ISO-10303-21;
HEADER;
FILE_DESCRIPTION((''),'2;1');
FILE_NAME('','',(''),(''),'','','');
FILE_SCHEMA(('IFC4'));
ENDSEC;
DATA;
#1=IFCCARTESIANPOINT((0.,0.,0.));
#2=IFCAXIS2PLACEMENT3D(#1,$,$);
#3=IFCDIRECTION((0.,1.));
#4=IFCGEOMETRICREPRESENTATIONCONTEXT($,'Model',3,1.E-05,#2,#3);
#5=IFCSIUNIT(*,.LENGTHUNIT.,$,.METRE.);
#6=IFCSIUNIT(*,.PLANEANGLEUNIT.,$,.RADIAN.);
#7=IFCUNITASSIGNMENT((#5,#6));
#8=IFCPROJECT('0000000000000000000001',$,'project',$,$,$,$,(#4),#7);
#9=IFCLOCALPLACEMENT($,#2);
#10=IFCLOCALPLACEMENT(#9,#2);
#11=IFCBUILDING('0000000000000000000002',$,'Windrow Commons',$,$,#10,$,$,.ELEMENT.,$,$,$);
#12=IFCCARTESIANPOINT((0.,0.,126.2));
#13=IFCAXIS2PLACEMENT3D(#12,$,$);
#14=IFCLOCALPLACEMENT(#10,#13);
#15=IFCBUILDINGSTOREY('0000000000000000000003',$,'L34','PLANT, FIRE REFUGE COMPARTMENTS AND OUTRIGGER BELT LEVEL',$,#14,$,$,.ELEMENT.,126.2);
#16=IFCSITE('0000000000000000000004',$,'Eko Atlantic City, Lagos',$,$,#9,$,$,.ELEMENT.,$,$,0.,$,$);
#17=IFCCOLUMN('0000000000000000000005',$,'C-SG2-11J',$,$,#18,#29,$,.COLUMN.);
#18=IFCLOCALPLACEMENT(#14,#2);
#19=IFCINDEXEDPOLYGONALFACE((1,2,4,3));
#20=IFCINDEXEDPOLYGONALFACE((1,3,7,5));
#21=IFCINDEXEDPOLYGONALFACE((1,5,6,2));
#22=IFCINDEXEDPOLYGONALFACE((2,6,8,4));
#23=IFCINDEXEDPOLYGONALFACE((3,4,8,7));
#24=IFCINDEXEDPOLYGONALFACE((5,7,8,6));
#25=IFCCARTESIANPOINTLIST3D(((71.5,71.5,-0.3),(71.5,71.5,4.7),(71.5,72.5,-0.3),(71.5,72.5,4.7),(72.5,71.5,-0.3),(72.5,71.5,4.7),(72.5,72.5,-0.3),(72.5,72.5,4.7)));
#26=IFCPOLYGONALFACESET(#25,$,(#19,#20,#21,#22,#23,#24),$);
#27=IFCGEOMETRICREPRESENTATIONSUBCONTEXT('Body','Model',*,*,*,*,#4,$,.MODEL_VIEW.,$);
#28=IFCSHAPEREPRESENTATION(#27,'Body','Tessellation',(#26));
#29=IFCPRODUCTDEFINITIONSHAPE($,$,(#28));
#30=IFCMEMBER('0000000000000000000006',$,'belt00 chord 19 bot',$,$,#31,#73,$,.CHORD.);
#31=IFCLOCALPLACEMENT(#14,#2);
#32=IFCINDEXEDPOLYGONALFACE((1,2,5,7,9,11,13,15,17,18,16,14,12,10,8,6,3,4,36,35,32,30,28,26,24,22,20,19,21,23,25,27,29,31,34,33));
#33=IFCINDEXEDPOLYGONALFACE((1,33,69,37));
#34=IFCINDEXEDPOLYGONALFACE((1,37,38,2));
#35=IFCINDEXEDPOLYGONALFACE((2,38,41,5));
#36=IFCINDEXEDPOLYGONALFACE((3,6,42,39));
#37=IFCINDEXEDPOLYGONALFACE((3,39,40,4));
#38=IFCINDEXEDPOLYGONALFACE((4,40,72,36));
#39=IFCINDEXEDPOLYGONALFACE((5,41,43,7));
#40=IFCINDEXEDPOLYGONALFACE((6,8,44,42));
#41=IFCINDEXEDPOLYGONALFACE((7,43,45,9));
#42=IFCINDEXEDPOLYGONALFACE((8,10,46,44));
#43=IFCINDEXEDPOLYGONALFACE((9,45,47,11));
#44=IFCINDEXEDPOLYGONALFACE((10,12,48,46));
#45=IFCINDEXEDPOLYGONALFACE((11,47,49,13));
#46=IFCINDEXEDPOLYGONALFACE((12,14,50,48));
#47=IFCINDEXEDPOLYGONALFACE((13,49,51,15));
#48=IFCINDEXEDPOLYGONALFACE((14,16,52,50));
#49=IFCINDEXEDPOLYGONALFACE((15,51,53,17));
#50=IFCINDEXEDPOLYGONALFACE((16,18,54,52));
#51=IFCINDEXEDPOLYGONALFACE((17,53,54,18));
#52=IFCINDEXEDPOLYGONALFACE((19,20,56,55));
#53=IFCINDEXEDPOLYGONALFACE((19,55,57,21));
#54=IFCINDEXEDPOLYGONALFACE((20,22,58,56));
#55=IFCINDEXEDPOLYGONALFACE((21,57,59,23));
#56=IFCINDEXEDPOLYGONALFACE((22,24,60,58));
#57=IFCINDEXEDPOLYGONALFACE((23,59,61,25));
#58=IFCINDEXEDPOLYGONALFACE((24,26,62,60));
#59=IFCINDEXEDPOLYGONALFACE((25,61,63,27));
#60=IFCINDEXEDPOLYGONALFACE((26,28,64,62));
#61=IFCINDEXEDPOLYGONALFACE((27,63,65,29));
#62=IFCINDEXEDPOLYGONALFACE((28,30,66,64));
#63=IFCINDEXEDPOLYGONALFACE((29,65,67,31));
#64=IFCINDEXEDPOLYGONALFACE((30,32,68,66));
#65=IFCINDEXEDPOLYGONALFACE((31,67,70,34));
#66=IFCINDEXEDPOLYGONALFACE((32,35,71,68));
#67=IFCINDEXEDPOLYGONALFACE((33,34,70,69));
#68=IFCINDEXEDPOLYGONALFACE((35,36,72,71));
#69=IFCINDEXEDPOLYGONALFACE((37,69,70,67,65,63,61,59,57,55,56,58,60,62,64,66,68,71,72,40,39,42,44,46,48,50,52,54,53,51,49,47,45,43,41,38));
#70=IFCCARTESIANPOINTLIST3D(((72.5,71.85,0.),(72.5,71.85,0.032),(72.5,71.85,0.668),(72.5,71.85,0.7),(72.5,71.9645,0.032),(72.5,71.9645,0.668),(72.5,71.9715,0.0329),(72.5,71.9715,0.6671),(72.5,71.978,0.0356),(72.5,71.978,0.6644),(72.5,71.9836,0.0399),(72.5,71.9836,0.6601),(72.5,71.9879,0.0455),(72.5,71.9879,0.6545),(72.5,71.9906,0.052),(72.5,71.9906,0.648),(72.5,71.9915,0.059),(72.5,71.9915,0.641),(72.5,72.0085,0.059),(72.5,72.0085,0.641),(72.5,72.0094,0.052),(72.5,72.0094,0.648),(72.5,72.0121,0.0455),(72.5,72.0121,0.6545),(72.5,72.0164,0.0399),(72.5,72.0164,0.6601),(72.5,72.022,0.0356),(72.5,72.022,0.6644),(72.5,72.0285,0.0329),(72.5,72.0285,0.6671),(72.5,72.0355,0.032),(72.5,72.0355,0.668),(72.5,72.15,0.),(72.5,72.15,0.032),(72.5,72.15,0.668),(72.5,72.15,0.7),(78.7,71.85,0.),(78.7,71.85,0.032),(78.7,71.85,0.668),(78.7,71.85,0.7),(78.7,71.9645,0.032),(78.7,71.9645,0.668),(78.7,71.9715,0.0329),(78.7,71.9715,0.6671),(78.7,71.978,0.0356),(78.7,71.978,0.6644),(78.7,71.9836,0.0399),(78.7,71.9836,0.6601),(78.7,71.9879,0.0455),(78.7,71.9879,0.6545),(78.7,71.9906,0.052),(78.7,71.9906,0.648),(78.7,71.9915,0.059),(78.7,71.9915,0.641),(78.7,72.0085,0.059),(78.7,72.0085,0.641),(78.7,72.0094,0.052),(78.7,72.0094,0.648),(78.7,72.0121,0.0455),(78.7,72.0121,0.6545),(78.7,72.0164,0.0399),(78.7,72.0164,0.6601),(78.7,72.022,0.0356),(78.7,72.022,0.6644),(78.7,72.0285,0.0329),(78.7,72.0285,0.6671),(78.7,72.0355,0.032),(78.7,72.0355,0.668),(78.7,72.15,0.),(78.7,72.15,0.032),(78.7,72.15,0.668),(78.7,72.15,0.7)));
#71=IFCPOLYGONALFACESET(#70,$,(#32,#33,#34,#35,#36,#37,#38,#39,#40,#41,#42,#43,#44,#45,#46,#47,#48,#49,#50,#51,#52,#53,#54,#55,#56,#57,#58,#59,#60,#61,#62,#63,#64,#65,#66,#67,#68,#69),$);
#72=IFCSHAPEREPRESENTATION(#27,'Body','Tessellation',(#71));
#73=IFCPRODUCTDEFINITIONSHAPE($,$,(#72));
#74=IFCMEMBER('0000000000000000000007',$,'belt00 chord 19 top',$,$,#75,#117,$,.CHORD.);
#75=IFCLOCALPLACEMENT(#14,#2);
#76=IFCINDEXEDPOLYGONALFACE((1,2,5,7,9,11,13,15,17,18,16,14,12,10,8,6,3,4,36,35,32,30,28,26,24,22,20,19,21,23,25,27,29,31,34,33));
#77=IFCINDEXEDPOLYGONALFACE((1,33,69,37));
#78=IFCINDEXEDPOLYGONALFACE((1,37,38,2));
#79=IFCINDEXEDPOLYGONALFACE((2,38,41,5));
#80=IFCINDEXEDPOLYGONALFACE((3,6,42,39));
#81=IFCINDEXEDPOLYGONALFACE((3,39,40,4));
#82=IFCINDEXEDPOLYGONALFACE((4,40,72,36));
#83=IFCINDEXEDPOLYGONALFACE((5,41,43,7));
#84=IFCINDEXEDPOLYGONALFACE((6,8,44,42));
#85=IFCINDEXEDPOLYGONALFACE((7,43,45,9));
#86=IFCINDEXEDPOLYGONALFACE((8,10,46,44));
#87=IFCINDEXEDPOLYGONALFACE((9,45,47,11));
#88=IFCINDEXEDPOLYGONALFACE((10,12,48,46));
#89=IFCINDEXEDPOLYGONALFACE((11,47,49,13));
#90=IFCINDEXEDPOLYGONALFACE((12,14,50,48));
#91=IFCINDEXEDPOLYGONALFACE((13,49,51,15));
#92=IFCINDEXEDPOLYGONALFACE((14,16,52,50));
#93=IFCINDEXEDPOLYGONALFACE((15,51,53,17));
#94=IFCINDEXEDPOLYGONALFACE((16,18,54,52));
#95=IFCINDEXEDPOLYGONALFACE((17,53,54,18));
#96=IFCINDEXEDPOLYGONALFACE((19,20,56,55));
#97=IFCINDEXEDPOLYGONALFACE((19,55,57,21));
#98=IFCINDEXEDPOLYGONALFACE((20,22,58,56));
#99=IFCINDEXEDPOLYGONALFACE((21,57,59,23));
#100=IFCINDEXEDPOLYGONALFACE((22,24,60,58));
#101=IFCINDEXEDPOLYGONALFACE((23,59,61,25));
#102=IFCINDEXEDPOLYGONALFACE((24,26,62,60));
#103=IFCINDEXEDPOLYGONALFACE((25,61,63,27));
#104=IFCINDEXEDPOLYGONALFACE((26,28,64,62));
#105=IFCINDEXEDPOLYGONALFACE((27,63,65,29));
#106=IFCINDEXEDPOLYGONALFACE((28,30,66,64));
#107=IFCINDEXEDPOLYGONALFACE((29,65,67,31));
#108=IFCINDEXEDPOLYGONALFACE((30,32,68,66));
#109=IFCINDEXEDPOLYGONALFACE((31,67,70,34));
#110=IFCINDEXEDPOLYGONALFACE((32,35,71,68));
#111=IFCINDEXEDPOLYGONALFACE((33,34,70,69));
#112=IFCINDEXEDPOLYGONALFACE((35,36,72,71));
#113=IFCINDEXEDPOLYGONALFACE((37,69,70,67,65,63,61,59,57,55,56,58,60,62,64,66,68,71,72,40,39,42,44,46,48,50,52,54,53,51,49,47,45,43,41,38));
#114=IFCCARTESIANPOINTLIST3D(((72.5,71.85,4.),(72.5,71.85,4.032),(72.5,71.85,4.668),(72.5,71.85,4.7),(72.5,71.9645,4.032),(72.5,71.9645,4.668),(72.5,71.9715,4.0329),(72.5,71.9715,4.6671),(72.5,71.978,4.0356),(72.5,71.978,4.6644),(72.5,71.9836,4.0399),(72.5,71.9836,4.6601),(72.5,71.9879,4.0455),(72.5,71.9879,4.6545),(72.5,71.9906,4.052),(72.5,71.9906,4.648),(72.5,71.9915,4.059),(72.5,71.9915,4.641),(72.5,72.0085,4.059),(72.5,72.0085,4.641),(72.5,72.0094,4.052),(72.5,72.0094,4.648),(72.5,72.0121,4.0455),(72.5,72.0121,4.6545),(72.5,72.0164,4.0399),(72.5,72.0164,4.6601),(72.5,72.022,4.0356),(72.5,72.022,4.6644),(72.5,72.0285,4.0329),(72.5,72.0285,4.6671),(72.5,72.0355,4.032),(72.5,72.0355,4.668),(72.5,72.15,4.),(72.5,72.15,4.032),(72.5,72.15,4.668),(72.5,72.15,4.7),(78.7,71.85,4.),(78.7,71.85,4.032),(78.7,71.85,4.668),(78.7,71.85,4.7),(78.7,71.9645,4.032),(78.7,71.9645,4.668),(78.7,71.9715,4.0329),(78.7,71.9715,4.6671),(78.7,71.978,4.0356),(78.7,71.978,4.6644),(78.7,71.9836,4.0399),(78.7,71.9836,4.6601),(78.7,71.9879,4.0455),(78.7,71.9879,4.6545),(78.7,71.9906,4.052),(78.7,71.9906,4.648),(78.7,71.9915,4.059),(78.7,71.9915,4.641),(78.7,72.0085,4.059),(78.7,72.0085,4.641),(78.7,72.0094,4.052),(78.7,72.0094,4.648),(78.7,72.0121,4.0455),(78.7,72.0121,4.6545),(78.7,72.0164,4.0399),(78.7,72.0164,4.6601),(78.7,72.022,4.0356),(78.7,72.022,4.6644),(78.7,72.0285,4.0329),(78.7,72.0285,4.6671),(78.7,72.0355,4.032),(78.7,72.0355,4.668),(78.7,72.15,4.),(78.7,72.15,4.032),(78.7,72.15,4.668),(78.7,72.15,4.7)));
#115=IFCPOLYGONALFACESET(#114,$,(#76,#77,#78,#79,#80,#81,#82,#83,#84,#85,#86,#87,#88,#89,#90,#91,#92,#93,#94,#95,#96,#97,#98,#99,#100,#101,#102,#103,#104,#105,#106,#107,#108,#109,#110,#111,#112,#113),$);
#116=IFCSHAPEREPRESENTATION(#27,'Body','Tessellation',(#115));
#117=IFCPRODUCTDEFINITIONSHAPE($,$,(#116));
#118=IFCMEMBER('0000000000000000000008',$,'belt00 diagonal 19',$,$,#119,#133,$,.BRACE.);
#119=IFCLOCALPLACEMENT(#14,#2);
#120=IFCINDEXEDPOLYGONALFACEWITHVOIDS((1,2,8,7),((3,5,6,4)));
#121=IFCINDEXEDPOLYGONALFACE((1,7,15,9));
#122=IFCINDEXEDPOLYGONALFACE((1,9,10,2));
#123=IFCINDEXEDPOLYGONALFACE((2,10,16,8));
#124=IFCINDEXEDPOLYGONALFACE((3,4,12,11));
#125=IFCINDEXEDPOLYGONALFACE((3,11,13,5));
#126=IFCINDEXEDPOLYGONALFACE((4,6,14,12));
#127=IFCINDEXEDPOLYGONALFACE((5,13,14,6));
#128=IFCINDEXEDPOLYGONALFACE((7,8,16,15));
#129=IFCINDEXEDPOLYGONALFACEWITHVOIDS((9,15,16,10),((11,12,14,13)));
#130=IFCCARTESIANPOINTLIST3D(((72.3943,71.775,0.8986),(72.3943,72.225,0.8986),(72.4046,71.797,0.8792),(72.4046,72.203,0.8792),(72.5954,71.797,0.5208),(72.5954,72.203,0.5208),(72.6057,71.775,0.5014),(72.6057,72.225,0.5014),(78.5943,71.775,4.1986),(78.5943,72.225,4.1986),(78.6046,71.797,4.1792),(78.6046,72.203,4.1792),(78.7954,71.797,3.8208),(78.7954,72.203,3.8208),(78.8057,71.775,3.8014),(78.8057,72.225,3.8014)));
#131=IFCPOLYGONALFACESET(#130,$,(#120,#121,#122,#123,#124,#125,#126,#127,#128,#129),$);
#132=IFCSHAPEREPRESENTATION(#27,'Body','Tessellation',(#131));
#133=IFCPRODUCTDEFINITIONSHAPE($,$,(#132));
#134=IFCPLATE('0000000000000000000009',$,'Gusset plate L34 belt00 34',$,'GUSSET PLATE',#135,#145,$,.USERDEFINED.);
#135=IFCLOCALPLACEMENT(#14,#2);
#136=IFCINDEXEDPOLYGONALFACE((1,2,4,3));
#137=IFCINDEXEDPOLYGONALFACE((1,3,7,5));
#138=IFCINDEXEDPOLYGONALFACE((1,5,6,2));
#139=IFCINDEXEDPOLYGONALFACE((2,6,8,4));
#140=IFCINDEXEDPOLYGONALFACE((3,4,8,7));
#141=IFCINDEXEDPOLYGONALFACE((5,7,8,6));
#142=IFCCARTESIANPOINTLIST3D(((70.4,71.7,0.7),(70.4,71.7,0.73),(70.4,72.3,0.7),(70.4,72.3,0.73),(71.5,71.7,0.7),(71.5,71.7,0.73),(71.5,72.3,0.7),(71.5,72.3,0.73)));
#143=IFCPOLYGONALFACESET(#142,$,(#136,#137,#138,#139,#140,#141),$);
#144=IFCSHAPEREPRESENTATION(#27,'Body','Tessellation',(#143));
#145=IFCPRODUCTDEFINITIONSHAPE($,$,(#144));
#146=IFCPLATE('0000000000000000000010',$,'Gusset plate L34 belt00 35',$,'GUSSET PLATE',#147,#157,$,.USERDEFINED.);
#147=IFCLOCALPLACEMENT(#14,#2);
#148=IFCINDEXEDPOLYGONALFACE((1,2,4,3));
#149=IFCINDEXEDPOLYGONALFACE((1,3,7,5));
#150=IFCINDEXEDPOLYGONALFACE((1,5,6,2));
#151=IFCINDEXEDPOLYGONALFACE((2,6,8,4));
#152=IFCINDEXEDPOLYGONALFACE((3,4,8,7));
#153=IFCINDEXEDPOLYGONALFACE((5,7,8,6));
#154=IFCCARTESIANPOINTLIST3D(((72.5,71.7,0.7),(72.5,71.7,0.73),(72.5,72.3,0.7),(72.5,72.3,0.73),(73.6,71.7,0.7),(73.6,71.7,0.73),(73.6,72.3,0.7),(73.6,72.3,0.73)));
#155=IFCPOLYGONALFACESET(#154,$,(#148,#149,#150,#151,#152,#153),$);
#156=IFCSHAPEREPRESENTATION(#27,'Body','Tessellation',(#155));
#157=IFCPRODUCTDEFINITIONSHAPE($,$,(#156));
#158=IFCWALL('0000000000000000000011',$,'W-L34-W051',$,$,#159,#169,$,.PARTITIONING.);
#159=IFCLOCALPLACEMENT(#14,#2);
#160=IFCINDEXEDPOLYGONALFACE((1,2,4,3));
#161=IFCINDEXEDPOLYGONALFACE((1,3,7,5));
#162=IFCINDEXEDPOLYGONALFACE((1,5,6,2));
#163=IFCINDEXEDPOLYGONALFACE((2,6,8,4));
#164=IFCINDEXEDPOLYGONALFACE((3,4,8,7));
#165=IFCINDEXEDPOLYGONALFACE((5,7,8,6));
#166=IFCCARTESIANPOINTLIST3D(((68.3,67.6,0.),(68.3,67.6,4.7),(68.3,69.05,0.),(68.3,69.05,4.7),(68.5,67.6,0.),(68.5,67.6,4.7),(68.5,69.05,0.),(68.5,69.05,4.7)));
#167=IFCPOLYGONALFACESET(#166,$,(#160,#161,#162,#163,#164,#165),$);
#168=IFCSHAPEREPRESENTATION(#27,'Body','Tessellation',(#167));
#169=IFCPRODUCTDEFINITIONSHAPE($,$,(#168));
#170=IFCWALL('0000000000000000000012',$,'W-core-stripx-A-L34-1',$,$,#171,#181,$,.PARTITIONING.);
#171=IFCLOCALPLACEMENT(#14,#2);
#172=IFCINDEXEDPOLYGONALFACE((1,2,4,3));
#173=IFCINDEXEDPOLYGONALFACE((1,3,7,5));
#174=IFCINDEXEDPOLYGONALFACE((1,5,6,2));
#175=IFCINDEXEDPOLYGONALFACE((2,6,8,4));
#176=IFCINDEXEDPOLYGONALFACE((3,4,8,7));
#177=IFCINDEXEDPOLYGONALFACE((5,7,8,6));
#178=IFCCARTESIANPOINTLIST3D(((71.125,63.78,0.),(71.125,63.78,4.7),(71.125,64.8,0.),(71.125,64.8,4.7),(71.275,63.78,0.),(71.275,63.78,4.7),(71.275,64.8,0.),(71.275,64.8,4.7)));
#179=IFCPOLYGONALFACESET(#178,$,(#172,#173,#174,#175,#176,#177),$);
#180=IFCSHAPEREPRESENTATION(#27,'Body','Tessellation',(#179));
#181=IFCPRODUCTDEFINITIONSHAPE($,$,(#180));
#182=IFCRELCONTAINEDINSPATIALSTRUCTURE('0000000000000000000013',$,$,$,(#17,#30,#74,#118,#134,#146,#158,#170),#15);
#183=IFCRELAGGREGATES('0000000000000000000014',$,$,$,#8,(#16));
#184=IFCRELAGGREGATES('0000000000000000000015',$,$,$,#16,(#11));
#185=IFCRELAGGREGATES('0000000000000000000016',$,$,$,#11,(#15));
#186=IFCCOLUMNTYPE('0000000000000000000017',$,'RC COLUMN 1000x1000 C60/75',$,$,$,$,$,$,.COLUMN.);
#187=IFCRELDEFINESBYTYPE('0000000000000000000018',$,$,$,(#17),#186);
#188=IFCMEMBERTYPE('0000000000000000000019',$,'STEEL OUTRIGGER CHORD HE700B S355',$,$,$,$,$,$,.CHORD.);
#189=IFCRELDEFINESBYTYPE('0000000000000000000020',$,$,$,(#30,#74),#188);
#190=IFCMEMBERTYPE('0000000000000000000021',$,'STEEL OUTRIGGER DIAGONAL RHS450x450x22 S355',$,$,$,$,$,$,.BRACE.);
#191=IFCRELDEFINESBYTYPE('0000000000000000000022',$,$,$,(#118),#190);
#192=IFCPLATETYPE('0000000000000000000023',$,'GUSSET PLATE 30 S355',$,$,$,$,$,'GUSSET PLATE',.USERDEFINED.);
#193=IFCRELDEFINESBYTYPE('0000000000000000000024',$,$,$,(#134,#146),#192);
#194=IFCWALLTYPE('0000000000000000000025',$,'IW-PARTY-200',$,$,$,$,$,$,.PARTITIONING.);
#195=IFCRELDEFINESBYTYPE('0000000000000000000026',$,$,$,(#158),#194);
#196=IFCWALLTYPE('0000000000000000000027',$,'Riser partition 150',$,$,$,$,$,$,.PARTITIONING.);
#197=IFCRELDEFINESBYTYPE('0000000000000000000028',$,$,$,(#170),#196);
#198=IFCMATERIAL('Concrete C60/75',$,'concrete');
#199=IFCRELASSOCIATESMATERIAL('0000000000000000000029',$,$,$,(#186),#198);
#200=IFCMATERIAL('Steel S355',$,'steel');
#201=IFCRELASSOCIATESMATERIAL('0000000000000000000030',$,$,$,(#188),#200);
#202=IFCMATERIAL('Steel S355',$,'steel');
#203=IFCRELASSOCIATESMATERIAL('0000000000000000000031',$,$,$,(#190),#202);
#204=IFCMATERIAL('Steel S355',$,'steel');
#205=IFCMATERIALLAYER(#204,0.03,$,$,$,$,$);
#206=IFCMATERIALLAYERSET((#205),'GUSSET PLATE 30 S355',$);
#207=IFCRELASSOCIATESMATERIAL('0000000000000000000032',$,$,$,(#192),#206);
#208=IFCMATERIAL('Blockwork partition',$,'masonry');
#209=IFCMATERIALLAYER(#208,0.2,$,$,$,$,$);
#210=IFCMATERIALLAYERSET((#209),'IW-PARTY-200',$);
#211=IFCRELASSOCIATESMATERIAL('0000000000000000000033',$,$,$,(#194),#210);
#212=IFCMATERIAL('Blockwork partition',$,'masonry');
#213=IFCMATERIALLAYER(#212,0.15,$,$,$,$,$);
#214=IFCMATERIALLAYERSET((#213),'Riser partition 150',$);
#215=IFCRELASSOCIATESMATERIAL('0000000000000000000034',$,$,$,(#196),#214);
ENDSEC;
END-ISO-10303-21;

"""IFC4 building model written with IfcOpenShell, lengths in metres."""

from ifc_helpers import new_model, si_unit, direction, frame, frame_2d, origin, origin_2d, place, context, subcontext, project, spatial, rectangle, hollow_rectangle, i_section, extrude, material, layer, layer_set, material_profile, profile_set, type_object, element, save


model = new_model("IFC4")

# Units and contexts
model_context = context("Model", 3, precision=1e-05, world=origin(), true_north=direction((0.0, 1.0)))
body_context = subcontext(model_context, "Body", "Model", "MODEL_VIEW")
ifc_project = project(units=[si_unit("LENGTHUNIT", "METRE"), si_unit("PLANEANGLEUNIT", "RADIAN")], contexts=[model_context])

# Site, building, storey
site_placement = place(None, origin())
site = spatial("IfcSite", under=ifc_project, at=site_placement, Name="Eko Atlantic City, Lagos", CompositionType="ELEMENT", RefElevation=0.0)
building_placement = place(site_placement, origin())
building = spatial("IfcBuilding", under=site, at=building_placement, Name="Windrow Commons", CompositionType="ELEMENT")
storey_placement = place(building_placement, frame((0.0, 0.0, 126.2)))
storey = spatial("IfcBuildingStorey", under=building, at=storey_placement, Name="L34", Description="PLANT, FIRE REFUGE COMPARTMENTS AND OUTRIGGER BELT LEVEL", CompositionType="ELEMENT", Elevation=126.2)

# Column
ifc_material_1 = material(Name="Concrete C60/75", Category="concrete")
ifc_material_profile_1 = material_profile(ifc_material_1, rectangle(XDim=1.0, YDim=1.0, at=origin_2d()))
ifc_profile_set_1 = profile_set([ifc_material_profile_1], Name="Concrete C60/75")
column_type = type_object("IfcColumnType", Name="RC COLUMN 1000x1000 C60/75", PredefinedType="COLUMN", material=ifc_profile_set_1)
column_placement = place(storey_placement, frame((72.0, 72.0, -0.3), z_axis=(0.0, 0.0, 1.0), x_axis=(1.0, 0.0, 0.0)))
element("IfcColumn", 1, at=column_placement, inside=storey, type_object=column_type, Name="C-SG2-11J", PredefinedType="COLUMN", context=body_context, shape_type="SweptSolid", body=[
    extrude(rectangle(XDim=1.0, YDim=1.0, at=origin_2d()), origin(), (0.0, 0.0, 1.0), 5.0),
])

# Members
ifc_material_2 = material(Name="Steel S355", Category="steel")
ifc_material_profile_2 = material_profile(ifc_material_2, i_section(OverallWidth=0.3, OverallDepth=0.7, WebThickness=0.017, FlangeThickness=0.032, FilletRadius=0.027, at=origin_2d()))
ifc_profile_set_2 = profile_set([ifc_material_profile_2], Name="Steel S355")
member_type_1 = type_object("IfcMemberType", Name="STEEL OUTRIGGER CHORD HE700B S355", PredefinedType="CHORD", material=ifc_profile_set_2)
for number, where, z_axis, x_axis, name in (
    (2, (72.5, 72.0, 0.35), (1.0, 0.0, 0.0), (0.0, 1.0, 0.0), "belt00 chord 19 bot"),
    (3, (72.5, 72.0, 4.35), (1.0, 0.0, 0.0), (0.0, 1.0, 0.0), "belt00 chord 19 top"),
):
    element("IfcMember", number, at=place(storey_placement, frame(where, z_axis=z_axis, x_axis=x_axis)), inside=storey, type_object=member_type_1, Name=name, PredefinedType="CHORD", context=body_context, shape_type="SweptSolid", body=[
        extrude(i_section(OverallWidth=0.3, OverallDepth=0.7, WebThickness=0.017, FlangeThickness=0.032, FilletRadius=0.027, at=origin_2d()), origin(), (0.0, 0.0, 1.0), 6.2),
    ])
ifc_material_3 = material(Name="Steel S355", Category="steel")
ifc_material_profile_3 = material_profile(ifc_material_3, hollow_rectangle(XDim=0.45, YDim=0.45, WallThickness=0.022, at=origin_2d()))
ifc_profile_set_3 = profile_set([ifc_material_profile_3], Name="Steel S355")
member_type_2 = type_object("IfcMemberType", Name="STEEL OUTRIGGER DIAGONAL RHS450x450x22 S355", PredefinedType="BRACE", material=ifc_profile_set_3)
member_placement = place(storey_placement, frame((72.5, 72.0, 0.7), z_axis=(0.882747, 0.0, 0.469849), x_axis=(0.0, 1.0, 0.0)))
element("IfcMember", 4, at=member_placement, inside=storey, type_object=member_type_2, Name="belt00 diagonal 19", PredefinedType="BRACE", context=body_context, shape_type="SweptSolid", body=[
    extrude(hollow_rectangle(XDim=0.45, YDim=0.45, WallThickness=0.022, at=origin_2d()), origin(), (0.0, 0.0, 1.0), 7.0235),
])

# Plates
ifc_material_4 = material(Name="Steel S355", Category="steel")
ifc_layer_1 = layer(ifc_material_4, 0.03)
ifc_layer_set_1 = layer_set([ifc_layer_1], Name="GUSSET PLATE 30 S355")
plate_type = type_object("IfcPlateType", Name="GUSSET PLATE 30 S355", ElementType="GUSSET PLATE", PredefinedType="USERDEFINED", material=ifc_layer_set_1)
for number, where, z_axis, x_axis, name in (
    (5, (70.95, 72.0, 0.7), (0.0, 0.0, 1.0), (1.0, 0.0, 0.0), "Gusset plate L34 belt00 34"),
    (6, (73.05, 72.0, 0.7), (0.0, 0.0, 1.0), (1.0, 0.0, 0.0), "Gusset plate L34 belt00 35"),
):
    element("IfcPlate", number, at=place(storey_placement, frame(where, z_axis=z_axis, x_axis=x_axis)), inside=storey, type_object=plate_type, Name=name, ObjectType="GUSSET PLATE", PredefinedType="USERDEFINED", context=body_context, shape_type="SweptSolid", body=[
        extrude(rectangle(XDim=1.1, YDim=0.6, at=origin_2d()), origin(), (0.0, 0.0, 1.0), 0.03),
    ])

# Walls
ifc_material_5 = material(Name="Blockwork partition", Category="masonry")
ifc_layer_2 = layer(ifc_material_5, 0.2)
ifc_layer_set_2 = layer_set([ifc_layer_2], Name="IW-PARTY-200")
wall_type_1 = type_object("IfcWallType", Name="IW-PARTY-200", PredefinedType="PARTITIONING", material=ifc_layer_set_2)
wall_1_placement = place(storey_placement, frame((68.4, 67.6, 0.0), z_axis=(0.0, 0.0, 1.0), x_axis=(0.0, 1.0, 0.0)))
element("IfcWall", 7, at=wall_1_placement, inside=storey, type_object=wall_type_1, Name="W-L34-W051", PredefinedType="PARTITIONING", context=body_context, shape_type="SweptSolid", body=[
    extrude(rectangle(XDim=1.45, YDim=0.2, at=frame_2d((0.725, 0.0))), origin(), (0.0, 0.0, 1.0), 4.7),
])
ifc_material_6 = material(Name="Blockwork partition", Category="masonry")
ifc_layer_3 = layer(ifc_material_6, 0.15)
ifc_layer_set_3 = layer_set([ifc_layer_3], Name="Riser partition 150")
wall_type_2 = type_object("IfcWallType", Name="Riser partition 150", PredefinedType="PARTITIONING", material=ifc_layer_set_3)
wall_2_placement = place(storey_placement, frame((71.2, 63.78, 0.0), z_axis=(0.0, 0.0, 1.0), x_axis=(0.0, 1.0, 0.0)))
element("IfcWall", 8, at=wall_2_placement, inside=storey, type_object=wall_type_2, Name="W-core-stripx-A-L34-1", PredefinedType="PARTITIONING", context=body_context, shape_type="SweptSolid", body=[
    extrude(rectangle(XDim=1.02, YDim=0.15, at=frame_2d((0.51, 0.0))), origin(), (0.0, 0.0, 1.0), 4.7),
])

save(model, "model.ifc")
